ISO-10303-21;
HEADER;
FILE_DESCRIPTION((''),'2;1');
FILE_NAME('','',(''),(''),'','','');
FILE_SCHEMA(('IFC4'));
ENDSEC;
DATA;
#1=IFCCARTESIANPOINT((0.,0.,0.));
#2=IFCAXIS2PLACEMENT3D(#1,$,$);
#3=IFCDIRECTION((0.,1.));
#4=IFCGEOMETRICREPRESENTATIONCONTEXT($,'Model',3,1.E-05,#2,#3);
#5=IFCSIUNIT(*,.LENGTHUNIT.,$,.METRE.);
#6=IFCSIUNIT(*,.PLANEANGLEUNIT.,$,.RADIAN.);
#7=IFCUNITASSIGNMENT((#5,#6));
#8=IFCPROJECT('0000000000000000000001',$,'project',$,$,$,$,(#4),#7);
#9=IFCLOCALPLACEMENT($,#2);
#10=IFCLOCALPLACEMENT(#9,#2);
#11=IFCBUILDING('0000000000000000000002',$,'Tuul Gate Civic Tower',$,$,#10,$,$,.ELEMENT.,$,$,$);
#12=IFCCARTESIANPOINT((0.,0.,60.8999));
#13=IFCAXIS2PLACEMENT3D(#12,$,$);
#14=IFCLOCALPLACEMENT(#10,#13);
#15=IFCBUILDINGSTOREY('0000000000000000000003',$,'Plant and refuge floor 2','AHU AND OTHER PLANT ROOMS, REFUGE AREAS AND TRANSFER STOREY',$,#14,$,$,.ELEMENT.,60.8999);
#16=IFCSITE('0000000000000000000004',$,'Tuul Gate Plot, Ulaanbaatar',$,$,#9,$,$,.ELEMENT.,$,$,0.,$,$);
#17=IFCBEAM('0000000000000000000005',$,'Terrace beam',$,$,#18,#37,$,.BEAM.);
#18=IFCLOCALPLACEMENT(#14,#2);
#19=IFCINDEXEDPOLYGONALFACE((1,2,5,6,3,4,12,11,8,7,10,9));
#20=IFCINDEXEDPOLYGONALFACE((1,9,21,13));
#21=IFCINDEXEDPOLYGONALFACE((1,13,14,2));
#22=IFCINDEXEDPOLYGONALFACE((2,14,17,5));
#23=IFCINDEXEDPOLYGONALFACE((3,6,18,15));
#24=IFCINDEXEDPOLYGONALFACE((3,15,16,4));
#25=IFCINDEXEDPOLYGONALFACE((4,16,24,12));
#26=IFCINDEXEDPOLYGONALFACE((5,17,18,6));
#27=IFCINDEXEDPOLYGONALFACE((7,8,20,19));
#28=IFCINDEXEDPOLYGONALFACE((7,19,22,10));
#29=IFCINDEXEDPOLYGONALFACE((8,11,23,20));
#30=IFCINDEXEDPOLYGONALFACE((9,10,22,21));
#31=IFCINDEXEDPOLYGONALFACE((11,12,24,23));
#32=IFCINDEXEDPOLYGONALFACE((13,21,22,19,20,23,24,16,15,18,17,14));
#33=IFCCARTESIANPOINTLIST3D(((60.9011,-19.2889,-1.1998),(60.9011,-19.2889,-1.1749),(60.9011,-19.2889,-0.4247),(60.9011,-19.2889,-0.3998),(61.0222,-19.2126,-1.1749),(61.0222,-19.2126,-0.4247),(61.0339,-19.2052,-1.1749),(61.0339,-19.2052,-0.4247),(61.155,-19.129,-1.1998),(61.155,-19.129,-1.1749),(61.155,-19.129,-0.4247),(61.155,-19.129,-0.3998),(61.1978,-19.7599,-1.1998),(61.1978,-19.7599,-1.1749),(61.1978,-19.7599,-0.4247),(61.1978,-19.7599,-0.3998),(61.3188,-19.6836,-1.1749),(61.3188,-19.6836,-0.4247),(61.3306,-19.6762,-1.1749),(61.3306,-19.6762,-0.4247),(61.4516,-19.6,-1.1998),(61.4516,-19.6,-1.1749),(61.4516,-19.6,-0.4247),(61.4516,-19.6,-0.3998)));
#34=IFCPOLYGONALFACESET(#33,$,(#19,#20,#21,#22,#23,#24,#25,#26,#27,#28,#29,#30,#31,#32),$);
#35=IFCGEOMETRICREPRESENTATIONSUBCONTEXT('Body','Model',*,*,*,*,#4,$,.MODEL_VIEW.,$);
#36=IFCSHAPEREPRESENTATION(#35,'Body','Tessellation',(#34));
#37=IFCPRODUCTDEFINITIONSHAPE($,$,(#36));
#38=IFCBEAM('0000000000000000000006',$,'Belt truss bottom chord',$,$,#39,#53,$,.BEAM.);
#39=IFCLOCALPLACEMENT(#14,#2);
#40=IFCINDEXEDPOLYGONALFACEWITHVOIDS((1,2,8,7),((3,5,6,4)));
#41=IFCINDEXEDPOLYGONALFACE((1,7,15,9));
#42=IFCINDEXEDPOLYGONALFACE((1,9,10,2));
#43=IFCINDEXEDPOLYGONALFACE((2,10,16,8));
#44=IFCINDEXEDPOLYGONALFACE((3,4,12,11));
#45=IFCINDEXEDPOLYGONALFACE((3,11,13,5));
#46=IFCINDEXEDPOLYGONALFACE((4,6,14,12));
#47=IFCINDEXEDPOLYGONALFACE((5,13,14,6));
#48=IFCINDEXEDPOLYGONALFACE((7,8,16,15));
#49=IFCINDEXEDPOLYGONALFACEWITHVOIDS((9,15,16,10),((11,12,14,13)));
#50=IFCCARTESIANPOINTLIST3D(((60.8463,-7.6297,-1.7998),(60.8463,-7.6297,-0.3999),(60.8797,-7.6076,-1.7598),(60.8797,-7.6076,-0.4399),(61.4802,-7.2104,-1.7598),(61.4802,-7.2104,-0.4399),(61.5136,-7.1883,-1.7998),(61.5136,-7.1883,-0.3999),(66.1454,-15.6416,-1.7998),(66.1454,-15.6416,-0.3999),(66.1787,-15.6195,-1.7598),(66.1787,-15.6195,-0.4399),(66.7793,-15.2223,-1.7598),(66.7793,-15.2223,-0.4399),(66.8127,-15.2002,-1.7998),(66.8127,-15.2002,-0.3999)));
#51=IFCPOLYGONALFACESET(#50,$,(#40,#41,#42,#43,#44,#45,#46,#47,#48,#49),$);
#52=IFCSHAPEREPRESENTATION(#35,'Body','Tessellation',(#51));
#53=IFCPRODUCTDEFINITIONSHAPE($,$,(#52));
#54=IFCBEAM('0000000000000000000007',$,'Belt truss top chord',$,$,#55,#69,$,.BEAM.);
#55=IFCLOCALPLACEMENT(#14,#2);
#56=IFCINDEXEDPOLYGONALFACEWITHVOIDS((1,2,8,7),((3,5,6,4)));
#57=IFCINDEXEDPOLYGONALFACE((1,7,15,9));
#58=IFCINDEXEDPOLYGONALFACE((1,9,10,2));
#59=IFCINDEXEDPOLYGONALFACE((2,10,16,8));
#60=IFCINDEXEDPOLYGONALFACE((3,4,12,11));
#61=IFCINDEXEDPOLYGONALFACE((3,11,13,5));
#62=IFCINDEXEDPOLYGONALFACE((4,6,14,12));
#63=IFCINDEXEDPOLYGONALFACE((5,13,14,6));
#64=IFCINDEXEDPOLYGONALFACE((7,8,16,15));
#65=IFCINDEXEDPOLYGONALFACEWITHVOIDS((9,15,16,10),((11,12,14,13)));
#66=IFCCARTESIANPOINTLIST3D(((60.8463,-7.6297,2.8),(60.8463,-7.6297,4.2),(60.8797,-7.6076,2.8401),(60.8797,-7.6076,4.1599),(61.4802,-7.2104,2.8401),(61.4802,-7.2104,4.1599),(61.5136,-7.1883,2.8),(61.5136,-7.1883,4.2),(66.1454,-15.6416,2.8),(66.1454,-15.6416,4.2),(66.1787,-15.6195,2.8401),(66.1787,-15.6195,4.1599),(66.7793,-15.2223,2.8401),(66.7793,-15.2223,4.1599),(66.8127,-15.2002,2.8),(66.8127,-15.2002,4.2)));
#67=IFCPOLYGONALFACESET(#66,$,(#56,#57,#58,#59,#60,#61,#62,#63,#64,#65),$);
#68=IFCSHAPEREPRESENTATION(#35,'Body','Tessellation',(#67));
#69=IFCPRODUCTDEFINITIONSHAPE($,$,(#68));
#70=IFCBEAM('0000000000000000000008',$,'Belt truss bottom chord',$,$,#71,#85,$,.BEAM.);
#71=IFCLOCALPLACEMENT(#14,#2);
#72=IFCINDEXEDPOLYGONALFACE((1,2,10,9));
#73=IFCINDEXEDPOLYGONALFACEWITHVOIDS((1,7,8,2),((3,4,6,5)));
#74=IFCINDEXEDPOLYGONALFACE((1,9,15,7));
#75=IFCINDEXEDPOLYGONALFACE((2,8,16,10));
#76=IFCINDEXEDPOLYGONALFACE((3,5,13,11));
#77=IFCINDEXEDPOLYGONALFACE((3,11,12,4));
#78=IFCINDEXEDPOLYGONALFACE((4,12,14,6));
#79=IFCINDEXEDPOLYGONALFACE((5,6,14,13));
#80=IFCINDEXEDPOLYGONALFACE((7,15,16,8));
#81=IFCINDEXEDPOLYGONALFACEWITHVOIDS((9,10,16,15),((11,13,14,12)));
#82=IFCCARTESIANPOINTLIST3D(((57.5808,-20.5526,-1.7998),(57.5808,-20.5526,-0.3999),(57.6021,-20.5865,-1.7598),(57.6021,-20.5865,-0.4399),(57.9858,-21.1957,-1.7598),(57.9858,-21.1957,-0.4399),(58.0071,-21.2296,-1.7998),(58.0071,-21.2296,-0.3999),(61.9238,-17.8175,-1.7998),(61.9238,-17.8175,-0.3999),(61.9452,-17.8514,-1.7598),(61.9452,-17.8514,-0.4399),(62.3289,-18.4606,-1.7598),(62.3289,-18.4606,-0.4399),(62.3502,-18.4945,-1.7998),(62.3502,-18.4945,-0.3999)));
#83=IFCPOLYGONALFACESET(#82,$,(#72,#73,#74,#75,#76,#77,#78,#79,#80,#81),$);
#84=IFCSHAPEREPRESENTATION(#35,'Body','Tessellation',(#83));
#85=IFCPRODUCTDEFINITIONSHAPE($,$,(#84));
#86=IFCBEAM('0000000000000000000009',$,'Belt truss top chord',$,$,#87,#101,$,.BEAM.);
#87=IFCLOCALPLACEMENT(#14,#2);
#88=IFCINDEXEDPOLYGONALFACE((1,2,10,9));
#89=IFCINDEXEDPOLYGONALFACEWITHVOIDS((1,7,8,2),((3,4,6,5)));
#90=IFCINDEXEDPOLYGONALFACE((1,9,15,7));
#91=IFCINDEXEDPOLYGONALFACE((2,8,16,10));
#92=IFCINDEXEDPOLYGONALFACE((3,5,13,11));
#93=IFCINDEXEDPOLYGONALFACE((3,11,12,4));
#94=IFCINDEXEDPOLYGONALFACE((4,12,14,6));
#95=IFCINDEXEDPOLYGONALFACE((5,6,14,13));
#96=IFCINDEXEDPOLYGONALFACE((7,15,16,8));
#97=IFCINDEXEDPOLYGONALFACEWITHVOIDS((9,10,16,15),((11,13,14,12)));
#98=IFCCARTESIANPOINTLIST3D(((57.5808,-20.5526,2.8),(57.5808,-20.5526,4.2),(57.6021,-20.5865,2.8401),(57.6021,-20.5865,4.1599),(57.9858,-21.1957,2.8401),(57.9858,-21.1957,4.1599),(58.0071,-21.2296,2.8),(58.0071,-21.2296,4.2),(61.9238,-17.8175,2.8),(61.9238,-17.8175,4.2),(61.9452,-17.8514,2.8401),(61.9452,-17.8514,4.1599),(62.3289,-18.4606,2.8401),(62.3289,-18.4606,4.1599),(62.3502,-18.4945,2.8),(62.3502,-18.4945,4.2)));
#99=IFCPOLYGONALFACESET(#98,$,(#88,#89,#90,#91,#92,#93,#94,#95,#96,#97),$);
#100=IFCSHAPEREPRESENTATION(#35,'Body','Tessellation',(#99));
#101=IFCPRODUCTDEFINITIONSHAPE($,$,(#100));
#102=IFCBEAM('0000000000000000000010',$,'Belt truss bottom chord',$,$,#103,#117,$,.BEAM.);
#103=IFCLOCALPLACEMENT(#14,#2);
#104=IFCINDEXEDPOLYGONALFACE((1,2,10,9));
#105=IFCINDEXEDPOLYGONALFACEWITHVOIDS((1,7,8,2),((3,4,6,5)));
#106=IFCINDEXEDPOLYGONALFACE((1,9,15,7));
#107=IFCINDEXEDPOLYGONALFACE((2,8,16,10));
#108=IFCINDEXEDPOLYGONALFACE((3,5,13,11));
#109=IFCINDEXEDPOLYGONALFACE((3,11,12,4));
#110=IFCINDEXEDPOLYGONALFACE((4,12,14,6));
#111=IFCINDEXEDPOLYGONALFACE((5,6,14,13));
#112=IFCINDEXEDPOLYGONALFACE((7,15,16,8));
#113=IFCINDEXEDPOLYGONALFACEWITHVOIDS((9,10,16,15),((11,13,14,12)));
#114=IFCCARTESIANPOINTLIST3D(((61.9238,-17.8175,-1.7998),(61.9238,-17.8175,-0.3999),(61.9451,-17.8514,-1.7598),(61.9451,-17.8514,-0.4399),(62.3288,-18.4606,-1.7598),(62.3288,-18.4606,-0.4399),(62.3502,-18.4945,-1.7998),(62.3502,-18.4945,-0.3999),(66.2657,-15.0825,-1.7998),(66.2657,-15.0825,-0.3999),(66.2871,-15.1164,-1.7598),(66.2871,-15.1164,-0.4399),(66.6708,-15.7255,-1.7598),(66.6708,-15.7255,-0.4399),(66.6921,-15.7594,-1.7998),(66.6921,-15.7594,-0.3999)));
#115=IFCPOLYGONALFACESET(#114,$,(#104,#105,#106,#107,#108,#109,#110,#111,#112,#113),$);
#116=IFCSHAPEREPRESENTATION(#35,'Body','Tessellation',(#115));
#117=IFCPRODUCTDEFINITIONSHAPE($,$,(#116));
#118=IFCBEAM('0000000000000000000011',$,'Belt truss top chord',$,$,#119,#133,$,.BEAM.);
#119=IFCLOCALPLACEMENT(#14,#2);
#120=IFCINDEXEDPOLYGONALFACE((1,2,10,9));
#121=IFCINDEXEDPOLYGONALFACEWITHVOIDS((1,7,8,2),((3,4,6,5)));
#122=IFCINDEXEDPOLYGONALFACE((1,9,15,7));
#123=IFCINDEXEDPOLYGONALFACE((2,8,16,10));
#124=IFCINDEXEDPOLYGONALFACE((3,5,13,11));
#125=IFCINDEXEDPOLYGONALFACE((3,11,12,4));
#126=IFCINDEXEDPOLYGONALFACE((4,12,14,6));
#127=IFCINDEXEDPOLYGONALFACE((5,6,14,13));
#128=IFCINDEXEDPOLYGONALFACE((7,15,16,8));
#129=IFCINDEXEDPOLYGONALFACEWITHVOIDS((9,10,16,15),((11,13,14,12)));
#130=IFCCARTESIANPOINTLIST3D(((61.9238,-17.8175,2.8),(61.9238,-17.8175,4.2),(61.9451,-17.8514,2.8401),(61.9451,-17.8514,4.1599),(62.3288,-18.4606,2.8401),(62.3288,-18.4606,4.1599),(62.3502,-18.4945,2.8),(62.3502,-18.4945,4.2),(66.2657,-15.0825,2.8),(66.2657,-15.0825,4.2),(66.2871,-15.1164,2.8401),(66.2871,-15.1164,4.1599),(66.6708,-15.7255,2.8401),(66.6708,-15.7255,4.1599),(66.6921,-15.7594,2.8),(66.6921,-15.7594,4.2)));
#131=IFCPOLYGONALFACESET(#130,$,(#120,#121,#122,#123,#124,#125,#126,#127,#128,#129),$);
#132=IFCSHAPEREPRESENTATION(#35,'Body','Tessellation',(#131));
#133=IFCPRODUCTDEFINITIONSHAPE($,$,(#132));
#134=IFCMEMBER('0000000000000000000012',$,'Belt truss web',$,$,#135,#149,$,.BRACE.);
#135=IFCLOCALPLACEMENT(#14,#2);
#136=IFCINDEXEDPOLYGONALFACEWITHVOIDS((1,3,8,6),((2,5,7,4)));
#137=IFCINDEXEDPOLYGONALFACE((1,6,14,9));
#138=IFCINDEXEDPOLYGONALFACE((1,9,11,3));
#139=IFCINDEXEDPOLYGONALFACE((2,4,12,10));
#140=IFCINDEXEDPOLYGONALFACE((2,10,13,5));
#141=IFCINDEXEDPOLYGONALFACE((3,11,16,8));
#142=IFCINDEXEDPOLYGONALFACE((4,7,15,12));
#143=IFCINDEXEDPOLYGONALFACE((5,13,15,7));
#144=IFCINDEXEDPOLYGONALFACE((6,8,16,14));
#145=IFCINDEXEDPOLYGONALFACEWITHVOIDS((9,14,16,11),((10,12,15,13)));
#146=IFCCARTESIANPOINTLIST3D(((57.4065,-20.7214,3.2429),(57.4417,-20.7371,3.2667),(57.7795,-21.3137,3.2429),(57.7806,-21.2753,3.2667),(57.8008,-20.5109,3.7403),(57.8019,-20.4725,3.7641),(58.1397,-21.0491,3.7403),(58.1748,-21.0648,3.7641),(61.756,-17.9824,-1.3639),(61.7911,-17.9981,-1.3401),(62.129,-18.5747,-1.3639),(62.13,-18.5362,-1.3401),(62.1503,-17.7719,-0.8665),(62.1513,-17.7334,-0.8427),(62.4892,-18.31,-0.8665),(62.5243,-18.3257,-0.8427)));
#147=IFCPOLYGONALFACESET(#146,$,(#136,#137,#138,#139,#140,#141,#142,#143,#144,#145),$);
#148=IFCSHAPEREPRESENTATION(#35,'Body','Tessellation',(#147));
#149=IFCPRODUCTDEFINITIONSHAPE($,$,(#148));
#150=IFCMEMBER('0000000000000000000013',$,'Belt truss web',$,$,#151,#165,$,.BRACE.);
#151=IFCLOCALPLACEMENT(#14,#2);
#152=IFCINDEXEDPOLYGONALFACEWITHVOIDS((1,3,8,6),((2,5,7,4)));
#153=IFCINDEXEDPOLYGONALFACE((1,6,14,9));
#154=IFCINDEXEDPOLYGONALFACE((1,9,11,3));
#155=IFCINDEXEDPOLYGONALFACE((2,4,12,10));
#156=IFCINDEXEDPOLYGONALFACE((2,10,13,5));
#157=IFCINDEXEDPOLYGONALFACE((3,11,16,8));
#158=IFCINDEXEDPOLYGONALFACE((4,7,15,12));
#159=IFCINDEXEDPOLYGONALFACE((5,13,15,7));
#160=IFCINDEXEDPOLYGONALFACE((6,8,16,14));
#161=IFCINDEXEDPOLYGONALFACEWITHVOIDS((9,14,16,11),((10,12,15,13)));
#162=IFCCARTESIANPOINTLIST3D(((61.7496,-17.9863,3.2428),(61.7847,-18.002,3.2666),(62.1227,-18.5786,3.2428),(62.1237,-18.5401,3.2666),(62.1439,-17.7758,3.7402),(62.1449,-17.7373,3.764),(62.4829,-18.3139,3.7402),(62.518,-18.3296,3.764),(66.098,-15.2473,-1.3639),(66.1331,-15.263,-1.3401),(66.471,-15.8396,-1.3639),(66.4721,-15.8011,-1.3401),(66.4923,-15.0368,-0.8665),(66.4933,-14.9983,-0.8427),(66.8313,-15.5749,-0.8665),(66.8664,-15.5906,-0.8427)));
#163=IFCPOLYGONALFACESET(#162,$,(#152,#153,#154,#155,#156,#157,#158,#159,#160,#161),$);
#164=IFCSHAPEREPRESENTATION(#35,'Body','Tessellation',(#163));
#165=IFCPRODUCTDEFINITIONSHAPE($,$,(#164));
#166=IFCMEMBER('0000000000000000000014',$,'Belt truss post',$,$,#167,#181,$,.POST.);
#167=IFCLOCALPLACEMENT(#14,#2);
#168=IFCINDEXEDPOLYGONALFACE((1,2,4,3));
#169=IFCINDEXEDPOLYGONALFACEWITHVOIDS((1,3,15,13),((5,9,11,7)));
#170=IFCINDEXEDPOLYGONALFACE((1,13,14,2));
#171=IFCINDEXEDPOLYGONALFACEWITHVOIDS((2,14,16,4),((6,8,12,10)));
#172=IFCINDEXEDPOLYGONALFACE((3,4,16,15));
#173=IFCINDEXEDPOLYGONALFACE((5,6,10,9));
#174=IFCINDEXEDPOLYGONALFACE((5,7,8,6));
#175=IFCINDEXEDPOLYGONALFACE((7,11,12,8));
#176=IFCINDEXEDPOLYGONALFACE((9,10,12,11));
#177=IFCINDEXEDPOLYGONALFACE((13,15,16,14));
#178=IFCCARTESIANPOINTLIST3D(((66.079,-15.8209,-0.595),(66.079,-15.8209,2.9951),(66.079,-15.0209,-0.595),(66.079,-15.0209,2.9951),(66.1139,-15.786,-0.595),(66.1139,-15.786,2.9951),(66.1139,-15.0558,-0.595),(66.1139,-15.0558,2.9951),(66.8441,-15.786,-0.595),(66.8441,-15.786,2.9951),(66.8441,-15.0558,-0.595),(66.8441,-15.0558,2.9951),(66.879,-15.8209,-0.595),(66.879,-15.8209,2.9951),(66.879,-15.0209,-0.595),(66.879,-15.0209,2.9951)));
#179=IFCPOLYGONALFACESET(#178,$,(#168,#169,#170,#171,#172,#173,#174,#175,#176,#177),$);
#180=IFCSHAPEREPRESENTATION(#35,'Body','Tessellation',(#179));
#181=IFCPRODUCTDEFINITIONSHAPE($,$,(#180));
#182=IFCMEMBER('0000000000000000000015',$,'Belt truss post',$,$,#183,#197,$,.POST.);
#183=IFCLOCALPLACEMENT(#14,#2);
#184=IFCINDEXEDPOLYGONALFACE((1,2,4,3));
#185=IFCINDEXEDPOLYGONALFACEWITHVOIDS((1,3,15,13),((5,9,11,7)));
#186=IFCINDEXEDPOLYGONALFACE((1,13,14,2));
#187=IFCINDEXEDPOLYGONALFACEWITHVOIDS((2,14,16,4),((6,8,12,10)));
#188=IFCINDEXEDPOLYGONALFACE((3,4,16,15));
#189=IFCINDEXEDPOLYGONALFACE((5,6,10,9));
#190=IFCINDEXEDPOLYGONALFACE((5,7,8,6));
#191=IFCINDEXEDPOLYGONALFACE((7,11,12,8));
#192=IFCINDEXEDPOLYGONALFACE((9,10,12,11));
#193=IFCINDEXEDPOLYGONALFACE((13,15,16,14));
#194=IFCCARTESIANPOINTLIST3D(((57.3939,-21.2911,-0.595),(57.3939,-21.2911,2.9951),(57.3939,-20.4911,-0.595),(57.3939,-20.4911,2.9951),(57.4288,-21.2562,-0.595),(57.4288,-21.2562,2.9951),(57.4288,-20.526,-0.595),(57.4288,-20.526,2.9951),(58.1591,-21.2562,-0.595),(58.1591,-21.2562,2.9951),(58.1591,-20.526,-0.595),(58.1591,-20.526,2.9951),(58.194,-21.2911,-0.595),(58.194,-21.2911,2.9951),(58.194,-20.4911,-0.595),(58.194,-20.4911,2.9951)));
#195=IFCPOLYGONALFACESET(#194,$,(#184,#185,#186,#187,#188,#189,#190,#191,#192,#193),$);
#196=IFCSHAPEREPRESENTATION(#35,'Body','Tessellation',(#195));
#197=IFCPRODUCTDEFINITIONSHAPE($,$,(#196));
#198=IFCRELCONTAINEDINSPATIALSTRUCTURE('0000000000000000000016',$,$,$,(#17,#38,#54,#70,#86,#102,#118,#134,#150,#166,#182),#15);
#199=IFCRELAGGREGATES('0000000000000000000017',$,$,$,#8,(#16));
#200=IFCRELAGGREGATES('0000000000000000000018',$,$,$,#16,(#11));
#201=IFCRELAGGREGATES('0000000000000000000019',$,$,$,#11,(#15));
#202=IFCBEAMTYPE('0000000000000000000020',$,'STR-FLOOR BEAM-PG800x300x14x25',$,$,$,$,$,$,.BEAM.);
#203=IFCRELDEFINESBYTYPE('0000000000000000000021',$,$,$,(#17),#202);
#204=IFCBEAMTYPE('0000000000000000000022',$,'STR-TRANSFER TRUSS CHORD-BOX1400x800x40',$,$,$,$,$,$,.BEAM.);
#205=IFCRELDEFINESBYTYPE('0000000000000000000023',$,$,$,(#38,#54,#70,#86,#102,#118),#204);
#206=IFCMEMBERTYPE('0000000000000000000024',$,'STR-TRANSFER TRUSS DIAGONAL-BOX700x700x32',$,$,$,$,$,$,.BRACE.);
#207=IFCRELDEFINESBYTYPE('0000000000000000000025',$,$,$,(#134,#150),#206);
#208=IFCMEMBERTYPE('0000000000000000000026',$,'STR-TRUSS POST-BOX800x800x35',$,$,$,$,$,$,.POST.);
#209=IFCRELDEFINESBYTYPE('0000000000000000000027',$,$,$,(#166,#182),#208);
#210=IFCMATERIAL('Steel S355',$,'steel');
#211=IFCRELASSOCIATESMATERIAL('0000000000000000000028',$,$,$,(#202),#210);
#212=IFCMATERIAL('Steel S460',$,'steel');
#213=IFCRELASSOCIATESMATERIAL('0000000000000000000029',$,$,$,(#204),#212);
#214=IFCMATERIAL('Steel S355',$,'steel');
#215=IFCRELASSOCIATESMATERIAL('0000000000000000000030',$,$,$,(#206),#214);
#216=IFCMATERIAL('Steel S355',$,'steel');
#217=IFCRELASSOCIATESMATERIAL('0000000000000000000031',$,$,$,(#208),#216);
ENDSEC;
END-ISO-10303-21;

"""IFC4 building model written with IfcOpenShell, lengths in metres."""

from ifc_helpers import new_model, si_unit, direction, frame, origin, origin_2d, place, context, subcontext, project, spatial, hollow_rectangle, i_section, extrude, material, material_profile, profile_set, type_object, element, save


model = new_model("IFC4")

# Units and contexts
model_context = context("Model", 3, precision=1e-05, world=origin(), true_north=direction((0.0, 1.0)))
body_context = subcontext(model_context, "Body", "Model", "MODEL_VIEW")
ifc_project = project(units=[si_unit("LENGTHUNIT", "METRE"), si_unit("PLANEANGLEUNIT", "RADIAN")], contexts=[model_context])

# Site, building, storey
site_placement = place(None, origin())
site = spatial("IfcSite", under=ifc_project, at=site_placement, Name="Tuul Gate Plot, Ulaanbaatar", CompositionType="ELEMENT", RefElevation=0.0)
building_placement = place(site_placement, origin())
building = spatial("IfcBuilding", under=site, at=building_placement, Name="Tuul Gate Civic Tower", CompositionType="ELEMENT")
storey_placement = place(building_placement, frame((0.0, 0.0, 60.8999)))
storey = spatial("IfcBuildingStorey", under=building, at=storey_placement, Name="Plant and refuge floor 2", Description="AHU AND OTHER PLANT ROOMS, REFUGE AREAS AND TRANSFER STOREY", CompositionType="ELEMENT", Elevation=60.8999)

# Beams
ifc_material_1 = material(Name="Steel S355", Category="steel")
ifc_material_profile_1 = material_profile(ifc_material_1, i_section(OverallWidth=0.3, OverallDepth=0.8, WebThickness=0.0139, FlangeThickness=0.0249, at=origin_2d()), Name="PG800x300x14x25")
ifc_profile_set_1 = profile_set([ifc_material_profile_1], Name="Steel S355")
beam_type_1 = type_object("IfcBeamType", Name="STR-FLOOR BEAM-PG800x300x14x25", PredefinedType="BEAM", material=ifc_profile_set_1)
beam_placement = place(storey_placement, frame((61.3247, -19.6799, -0.7998), z_axis=(-0.532953, 0.846145, 0.0), x_axis=(-0.846145, -0.532953, 0.0)))
element("IfcBeam", 1, at=beam_placement, inside=storey, type_object=beam_type_1, Name="Terrace beam", PredefinedType="BEAM", context=body_context, shape_type="SweptSolid", body=[
    extrude(i_section(OverallWidth=0.3, OverallDepth=0.8, WebThickness=0.0139, FlangeThickness=0.0249, at=origin_2d()), origin(), (0.0, 0.0, 1.0), 0.5566),
])
ifc_material_2 = material(Name="Steel S460", Category="steel")
ifc_material_profile_2 = material_profile(ifc_material_2, hollow_rectangle(XDim=0.8, YDim=1.3999, WallThickness=0.04, at=origin_2d()), Name="BOX1400x800x40")
ifc_profile_set_2 = profile_set([ifc_material_profile_2], Name="Steel S460")
beam_type_2 = type_object("IfcBeamType", Name="STR-TRANSFER TRUSS CHORD-BOX1400x800x40", PredefinedType="BEAM", material=ifc_profile_set_2)
for number, where, z_axis, x_axis, name in (
    (2, (66.479, -15.4209, -1.0999), (-0.551652, 0.834074, 0.0), (-0.834074, -0.551652, 0.0), "Belt truss bottom chord"),
    (3, (66.479, -15.4209, 3.5), (-0.551652, 0.834074, 0.0), (-0.834074, -0.551652, 0.0), "Belt truss top chord"),
):
    element("IfcBeam", number, at=place(storey_placement, frame(where, z_axis=z_axis, x_axis=x_axis)), inside=storey, type_object=beam_type_2, Name=name, PredefinedType="BEAM", context=body_context, shape_type="SweptSolid", body=[
        extrude(hollow_rectangle(XDim=0.8, YDim=1.3999, WallThickness=0.04, at=origin_2d()), origin(), (0.0, 0.0, 1.0), 9.6057),
    ])
for number, where, z_axis, x_axis, name in (
    (4, (57.7939, -20.8911, -1.0999), (0.846179, 0.532899, 0.0), (-0.532899, 0.846179, 0.0), "Belt truss bottom chord"),
    (5, (57.7939, -20.8911, 3.5), (0.846179, 0.532899, 0.0), (-0.532899, 0.846179, 0.0), "Belt truss top chord"),
):
    element("IfcBeam", number, at=place(storey_placement, frame(where, z_axis=z_axis, x_axis=x_axis)), inside=storey, type_object=beam_type_2, Name=name, PredefinedType="BEAM", context=body_context, shape_type="SweptSolid", body=[
        extrude(hollow_rectangle(XDim=0.8, YDim=1.3999, WallThickness=0.04, at=origin_2d()), origin(), (0.0, 0.0, 1.0), 5.1326),
    ])
for number, where, z_axis, x_axis, name in (
    (6, (62.137, -18.156, -1.0999), (0.846125, 0.532985, 0.0), (-0.532985, 0.846125, 0.0), "Belt truss bottom chord"),
    (7, (62.137, -18.156, 3.5), (0.846125, 0.532985, 0.0), (-0.532985, 0.846125, 0.0), "Belt truss top chord"),
):
    element("IfcBeam", number, at=place(storey_placement, frame(where, z_axis=z_axis, x_axis=x_axis)), inside=storey, type_object=beam_type_2, Name=name, PredefinedType="BEAM", context=body_context, shape_type="SweptSolid", body=[
        extrude(hollow_rectangle(XDim=0.8, YDim=1.3999, WallThickness=0.04, at=origin_2d()), origin(), (0.0, 0.0, 1.0), 5.1316),
    ])

# Members
ifc_material_3 = material(Name="Steel S355", Category="steel")
ifc_material_profile_3 = material_profile(ifc_material_3, hollow_rectangle(XDim=0.7, YDim=0.7, WallThickness=0.032, at=origin_2d()), Name="BOX700x700x32")
ifc_profile_set_3 = profile_set([ifc_material_profile_3], Name="Steel S355")
member_type_1 = type_object("IfcMemberType", Name="STR-TRANSFER TRUSS DIAGONAL-BOX700x700x32", PredefinedType="BRACE", material=ifc_profile_set_3)
member_1_placement = place(storey_placement, frame((62.1401, -18.1541, -1.1033), z_axis=(-0.630139, -0.39683, 0.667421), x_axis=(0.532886, -0.846187, 0.0)))
element("IfcMember", 8, at=member_1_placement, inside=storey, type_object=member_type_1, Name="Belt truss web", PredefinedType="BRACE", context=body_context, shape_type="SweptSolid", body=[
    extrude(hollow_rectangle(XDim=0.7, YDim=0.7, WallThickness=0.032, at=origin_2d()), origin(), (0.0, 0.0, 1.0), 6.9023),
])
member_2_placement = place(storey_placement, frame((66.4822, -15.4189, -1.1033), z_axis=(-0.630054, -0.396866, 0.66748), x_axis=(0.532972, -0.846133, 0.0)))
element("IfcMember", 9, at=member_2_placement, inside=storey, type_object=member_type_1, Name="Belt truss web", PredefinedType="BRACE", context=body_context, shape_type="SweptSolid", body=[
    extrude(hollow_rectangle(XDim=0.7, YDim=0.7, WallThickness=0.032, at=origin_2d()), origin(), (0.0, 0.0, 1.0), 6.9016),
])
ifc_material_4 = material(Name="Steel S355", Category="steel")
ifc_material_profile_4 = material_profile(ifc_material_4, hollow_rectangle(XDim=0.8, YDim=0.8, WallThickness=0.0349, at=origin_2d()), Name="BOX800x800x35")
ifc_profile_set_4 = profile_set([ifc_material_profile_4], Name="Steel S355")
member_type_2 = type_object("IfcMemberType", Name="STR-TRUSS POST-BOX800x800x35", PredefinedType="POST", material=ifc_profile_set_4)
for number, where, z_axis, x_axis, name in (
    (10, (66.479, -15.4209, -0.595), (0.0, 0.0, 1.0), (1.0, 0.0, 0.0), "Belt truss post"),
    (11, (57.7939, -20.8911, -0.595), (0.0, 0.0, 1.0), (1.0, 0.0, 0.0), "Belt truss post"),
):
    element("IfcMember", number, at=place(storey_placement, frame(where, z_axis=z_axis, x_axis=x_axis)), inside=storey, type_object=member_type_2, Name=name, PredefinedType="POST", context=body_context, shape_type="SweptSolid", body=[
        extrude(hollow_rectangle(XDim=0.8, YDim=0.8, WallThickness=0.0349, at=origin_2d()), origin(), (0.0, 0.0, 1.0), 3.5901),
    ])

save(model, "model.ifc")
